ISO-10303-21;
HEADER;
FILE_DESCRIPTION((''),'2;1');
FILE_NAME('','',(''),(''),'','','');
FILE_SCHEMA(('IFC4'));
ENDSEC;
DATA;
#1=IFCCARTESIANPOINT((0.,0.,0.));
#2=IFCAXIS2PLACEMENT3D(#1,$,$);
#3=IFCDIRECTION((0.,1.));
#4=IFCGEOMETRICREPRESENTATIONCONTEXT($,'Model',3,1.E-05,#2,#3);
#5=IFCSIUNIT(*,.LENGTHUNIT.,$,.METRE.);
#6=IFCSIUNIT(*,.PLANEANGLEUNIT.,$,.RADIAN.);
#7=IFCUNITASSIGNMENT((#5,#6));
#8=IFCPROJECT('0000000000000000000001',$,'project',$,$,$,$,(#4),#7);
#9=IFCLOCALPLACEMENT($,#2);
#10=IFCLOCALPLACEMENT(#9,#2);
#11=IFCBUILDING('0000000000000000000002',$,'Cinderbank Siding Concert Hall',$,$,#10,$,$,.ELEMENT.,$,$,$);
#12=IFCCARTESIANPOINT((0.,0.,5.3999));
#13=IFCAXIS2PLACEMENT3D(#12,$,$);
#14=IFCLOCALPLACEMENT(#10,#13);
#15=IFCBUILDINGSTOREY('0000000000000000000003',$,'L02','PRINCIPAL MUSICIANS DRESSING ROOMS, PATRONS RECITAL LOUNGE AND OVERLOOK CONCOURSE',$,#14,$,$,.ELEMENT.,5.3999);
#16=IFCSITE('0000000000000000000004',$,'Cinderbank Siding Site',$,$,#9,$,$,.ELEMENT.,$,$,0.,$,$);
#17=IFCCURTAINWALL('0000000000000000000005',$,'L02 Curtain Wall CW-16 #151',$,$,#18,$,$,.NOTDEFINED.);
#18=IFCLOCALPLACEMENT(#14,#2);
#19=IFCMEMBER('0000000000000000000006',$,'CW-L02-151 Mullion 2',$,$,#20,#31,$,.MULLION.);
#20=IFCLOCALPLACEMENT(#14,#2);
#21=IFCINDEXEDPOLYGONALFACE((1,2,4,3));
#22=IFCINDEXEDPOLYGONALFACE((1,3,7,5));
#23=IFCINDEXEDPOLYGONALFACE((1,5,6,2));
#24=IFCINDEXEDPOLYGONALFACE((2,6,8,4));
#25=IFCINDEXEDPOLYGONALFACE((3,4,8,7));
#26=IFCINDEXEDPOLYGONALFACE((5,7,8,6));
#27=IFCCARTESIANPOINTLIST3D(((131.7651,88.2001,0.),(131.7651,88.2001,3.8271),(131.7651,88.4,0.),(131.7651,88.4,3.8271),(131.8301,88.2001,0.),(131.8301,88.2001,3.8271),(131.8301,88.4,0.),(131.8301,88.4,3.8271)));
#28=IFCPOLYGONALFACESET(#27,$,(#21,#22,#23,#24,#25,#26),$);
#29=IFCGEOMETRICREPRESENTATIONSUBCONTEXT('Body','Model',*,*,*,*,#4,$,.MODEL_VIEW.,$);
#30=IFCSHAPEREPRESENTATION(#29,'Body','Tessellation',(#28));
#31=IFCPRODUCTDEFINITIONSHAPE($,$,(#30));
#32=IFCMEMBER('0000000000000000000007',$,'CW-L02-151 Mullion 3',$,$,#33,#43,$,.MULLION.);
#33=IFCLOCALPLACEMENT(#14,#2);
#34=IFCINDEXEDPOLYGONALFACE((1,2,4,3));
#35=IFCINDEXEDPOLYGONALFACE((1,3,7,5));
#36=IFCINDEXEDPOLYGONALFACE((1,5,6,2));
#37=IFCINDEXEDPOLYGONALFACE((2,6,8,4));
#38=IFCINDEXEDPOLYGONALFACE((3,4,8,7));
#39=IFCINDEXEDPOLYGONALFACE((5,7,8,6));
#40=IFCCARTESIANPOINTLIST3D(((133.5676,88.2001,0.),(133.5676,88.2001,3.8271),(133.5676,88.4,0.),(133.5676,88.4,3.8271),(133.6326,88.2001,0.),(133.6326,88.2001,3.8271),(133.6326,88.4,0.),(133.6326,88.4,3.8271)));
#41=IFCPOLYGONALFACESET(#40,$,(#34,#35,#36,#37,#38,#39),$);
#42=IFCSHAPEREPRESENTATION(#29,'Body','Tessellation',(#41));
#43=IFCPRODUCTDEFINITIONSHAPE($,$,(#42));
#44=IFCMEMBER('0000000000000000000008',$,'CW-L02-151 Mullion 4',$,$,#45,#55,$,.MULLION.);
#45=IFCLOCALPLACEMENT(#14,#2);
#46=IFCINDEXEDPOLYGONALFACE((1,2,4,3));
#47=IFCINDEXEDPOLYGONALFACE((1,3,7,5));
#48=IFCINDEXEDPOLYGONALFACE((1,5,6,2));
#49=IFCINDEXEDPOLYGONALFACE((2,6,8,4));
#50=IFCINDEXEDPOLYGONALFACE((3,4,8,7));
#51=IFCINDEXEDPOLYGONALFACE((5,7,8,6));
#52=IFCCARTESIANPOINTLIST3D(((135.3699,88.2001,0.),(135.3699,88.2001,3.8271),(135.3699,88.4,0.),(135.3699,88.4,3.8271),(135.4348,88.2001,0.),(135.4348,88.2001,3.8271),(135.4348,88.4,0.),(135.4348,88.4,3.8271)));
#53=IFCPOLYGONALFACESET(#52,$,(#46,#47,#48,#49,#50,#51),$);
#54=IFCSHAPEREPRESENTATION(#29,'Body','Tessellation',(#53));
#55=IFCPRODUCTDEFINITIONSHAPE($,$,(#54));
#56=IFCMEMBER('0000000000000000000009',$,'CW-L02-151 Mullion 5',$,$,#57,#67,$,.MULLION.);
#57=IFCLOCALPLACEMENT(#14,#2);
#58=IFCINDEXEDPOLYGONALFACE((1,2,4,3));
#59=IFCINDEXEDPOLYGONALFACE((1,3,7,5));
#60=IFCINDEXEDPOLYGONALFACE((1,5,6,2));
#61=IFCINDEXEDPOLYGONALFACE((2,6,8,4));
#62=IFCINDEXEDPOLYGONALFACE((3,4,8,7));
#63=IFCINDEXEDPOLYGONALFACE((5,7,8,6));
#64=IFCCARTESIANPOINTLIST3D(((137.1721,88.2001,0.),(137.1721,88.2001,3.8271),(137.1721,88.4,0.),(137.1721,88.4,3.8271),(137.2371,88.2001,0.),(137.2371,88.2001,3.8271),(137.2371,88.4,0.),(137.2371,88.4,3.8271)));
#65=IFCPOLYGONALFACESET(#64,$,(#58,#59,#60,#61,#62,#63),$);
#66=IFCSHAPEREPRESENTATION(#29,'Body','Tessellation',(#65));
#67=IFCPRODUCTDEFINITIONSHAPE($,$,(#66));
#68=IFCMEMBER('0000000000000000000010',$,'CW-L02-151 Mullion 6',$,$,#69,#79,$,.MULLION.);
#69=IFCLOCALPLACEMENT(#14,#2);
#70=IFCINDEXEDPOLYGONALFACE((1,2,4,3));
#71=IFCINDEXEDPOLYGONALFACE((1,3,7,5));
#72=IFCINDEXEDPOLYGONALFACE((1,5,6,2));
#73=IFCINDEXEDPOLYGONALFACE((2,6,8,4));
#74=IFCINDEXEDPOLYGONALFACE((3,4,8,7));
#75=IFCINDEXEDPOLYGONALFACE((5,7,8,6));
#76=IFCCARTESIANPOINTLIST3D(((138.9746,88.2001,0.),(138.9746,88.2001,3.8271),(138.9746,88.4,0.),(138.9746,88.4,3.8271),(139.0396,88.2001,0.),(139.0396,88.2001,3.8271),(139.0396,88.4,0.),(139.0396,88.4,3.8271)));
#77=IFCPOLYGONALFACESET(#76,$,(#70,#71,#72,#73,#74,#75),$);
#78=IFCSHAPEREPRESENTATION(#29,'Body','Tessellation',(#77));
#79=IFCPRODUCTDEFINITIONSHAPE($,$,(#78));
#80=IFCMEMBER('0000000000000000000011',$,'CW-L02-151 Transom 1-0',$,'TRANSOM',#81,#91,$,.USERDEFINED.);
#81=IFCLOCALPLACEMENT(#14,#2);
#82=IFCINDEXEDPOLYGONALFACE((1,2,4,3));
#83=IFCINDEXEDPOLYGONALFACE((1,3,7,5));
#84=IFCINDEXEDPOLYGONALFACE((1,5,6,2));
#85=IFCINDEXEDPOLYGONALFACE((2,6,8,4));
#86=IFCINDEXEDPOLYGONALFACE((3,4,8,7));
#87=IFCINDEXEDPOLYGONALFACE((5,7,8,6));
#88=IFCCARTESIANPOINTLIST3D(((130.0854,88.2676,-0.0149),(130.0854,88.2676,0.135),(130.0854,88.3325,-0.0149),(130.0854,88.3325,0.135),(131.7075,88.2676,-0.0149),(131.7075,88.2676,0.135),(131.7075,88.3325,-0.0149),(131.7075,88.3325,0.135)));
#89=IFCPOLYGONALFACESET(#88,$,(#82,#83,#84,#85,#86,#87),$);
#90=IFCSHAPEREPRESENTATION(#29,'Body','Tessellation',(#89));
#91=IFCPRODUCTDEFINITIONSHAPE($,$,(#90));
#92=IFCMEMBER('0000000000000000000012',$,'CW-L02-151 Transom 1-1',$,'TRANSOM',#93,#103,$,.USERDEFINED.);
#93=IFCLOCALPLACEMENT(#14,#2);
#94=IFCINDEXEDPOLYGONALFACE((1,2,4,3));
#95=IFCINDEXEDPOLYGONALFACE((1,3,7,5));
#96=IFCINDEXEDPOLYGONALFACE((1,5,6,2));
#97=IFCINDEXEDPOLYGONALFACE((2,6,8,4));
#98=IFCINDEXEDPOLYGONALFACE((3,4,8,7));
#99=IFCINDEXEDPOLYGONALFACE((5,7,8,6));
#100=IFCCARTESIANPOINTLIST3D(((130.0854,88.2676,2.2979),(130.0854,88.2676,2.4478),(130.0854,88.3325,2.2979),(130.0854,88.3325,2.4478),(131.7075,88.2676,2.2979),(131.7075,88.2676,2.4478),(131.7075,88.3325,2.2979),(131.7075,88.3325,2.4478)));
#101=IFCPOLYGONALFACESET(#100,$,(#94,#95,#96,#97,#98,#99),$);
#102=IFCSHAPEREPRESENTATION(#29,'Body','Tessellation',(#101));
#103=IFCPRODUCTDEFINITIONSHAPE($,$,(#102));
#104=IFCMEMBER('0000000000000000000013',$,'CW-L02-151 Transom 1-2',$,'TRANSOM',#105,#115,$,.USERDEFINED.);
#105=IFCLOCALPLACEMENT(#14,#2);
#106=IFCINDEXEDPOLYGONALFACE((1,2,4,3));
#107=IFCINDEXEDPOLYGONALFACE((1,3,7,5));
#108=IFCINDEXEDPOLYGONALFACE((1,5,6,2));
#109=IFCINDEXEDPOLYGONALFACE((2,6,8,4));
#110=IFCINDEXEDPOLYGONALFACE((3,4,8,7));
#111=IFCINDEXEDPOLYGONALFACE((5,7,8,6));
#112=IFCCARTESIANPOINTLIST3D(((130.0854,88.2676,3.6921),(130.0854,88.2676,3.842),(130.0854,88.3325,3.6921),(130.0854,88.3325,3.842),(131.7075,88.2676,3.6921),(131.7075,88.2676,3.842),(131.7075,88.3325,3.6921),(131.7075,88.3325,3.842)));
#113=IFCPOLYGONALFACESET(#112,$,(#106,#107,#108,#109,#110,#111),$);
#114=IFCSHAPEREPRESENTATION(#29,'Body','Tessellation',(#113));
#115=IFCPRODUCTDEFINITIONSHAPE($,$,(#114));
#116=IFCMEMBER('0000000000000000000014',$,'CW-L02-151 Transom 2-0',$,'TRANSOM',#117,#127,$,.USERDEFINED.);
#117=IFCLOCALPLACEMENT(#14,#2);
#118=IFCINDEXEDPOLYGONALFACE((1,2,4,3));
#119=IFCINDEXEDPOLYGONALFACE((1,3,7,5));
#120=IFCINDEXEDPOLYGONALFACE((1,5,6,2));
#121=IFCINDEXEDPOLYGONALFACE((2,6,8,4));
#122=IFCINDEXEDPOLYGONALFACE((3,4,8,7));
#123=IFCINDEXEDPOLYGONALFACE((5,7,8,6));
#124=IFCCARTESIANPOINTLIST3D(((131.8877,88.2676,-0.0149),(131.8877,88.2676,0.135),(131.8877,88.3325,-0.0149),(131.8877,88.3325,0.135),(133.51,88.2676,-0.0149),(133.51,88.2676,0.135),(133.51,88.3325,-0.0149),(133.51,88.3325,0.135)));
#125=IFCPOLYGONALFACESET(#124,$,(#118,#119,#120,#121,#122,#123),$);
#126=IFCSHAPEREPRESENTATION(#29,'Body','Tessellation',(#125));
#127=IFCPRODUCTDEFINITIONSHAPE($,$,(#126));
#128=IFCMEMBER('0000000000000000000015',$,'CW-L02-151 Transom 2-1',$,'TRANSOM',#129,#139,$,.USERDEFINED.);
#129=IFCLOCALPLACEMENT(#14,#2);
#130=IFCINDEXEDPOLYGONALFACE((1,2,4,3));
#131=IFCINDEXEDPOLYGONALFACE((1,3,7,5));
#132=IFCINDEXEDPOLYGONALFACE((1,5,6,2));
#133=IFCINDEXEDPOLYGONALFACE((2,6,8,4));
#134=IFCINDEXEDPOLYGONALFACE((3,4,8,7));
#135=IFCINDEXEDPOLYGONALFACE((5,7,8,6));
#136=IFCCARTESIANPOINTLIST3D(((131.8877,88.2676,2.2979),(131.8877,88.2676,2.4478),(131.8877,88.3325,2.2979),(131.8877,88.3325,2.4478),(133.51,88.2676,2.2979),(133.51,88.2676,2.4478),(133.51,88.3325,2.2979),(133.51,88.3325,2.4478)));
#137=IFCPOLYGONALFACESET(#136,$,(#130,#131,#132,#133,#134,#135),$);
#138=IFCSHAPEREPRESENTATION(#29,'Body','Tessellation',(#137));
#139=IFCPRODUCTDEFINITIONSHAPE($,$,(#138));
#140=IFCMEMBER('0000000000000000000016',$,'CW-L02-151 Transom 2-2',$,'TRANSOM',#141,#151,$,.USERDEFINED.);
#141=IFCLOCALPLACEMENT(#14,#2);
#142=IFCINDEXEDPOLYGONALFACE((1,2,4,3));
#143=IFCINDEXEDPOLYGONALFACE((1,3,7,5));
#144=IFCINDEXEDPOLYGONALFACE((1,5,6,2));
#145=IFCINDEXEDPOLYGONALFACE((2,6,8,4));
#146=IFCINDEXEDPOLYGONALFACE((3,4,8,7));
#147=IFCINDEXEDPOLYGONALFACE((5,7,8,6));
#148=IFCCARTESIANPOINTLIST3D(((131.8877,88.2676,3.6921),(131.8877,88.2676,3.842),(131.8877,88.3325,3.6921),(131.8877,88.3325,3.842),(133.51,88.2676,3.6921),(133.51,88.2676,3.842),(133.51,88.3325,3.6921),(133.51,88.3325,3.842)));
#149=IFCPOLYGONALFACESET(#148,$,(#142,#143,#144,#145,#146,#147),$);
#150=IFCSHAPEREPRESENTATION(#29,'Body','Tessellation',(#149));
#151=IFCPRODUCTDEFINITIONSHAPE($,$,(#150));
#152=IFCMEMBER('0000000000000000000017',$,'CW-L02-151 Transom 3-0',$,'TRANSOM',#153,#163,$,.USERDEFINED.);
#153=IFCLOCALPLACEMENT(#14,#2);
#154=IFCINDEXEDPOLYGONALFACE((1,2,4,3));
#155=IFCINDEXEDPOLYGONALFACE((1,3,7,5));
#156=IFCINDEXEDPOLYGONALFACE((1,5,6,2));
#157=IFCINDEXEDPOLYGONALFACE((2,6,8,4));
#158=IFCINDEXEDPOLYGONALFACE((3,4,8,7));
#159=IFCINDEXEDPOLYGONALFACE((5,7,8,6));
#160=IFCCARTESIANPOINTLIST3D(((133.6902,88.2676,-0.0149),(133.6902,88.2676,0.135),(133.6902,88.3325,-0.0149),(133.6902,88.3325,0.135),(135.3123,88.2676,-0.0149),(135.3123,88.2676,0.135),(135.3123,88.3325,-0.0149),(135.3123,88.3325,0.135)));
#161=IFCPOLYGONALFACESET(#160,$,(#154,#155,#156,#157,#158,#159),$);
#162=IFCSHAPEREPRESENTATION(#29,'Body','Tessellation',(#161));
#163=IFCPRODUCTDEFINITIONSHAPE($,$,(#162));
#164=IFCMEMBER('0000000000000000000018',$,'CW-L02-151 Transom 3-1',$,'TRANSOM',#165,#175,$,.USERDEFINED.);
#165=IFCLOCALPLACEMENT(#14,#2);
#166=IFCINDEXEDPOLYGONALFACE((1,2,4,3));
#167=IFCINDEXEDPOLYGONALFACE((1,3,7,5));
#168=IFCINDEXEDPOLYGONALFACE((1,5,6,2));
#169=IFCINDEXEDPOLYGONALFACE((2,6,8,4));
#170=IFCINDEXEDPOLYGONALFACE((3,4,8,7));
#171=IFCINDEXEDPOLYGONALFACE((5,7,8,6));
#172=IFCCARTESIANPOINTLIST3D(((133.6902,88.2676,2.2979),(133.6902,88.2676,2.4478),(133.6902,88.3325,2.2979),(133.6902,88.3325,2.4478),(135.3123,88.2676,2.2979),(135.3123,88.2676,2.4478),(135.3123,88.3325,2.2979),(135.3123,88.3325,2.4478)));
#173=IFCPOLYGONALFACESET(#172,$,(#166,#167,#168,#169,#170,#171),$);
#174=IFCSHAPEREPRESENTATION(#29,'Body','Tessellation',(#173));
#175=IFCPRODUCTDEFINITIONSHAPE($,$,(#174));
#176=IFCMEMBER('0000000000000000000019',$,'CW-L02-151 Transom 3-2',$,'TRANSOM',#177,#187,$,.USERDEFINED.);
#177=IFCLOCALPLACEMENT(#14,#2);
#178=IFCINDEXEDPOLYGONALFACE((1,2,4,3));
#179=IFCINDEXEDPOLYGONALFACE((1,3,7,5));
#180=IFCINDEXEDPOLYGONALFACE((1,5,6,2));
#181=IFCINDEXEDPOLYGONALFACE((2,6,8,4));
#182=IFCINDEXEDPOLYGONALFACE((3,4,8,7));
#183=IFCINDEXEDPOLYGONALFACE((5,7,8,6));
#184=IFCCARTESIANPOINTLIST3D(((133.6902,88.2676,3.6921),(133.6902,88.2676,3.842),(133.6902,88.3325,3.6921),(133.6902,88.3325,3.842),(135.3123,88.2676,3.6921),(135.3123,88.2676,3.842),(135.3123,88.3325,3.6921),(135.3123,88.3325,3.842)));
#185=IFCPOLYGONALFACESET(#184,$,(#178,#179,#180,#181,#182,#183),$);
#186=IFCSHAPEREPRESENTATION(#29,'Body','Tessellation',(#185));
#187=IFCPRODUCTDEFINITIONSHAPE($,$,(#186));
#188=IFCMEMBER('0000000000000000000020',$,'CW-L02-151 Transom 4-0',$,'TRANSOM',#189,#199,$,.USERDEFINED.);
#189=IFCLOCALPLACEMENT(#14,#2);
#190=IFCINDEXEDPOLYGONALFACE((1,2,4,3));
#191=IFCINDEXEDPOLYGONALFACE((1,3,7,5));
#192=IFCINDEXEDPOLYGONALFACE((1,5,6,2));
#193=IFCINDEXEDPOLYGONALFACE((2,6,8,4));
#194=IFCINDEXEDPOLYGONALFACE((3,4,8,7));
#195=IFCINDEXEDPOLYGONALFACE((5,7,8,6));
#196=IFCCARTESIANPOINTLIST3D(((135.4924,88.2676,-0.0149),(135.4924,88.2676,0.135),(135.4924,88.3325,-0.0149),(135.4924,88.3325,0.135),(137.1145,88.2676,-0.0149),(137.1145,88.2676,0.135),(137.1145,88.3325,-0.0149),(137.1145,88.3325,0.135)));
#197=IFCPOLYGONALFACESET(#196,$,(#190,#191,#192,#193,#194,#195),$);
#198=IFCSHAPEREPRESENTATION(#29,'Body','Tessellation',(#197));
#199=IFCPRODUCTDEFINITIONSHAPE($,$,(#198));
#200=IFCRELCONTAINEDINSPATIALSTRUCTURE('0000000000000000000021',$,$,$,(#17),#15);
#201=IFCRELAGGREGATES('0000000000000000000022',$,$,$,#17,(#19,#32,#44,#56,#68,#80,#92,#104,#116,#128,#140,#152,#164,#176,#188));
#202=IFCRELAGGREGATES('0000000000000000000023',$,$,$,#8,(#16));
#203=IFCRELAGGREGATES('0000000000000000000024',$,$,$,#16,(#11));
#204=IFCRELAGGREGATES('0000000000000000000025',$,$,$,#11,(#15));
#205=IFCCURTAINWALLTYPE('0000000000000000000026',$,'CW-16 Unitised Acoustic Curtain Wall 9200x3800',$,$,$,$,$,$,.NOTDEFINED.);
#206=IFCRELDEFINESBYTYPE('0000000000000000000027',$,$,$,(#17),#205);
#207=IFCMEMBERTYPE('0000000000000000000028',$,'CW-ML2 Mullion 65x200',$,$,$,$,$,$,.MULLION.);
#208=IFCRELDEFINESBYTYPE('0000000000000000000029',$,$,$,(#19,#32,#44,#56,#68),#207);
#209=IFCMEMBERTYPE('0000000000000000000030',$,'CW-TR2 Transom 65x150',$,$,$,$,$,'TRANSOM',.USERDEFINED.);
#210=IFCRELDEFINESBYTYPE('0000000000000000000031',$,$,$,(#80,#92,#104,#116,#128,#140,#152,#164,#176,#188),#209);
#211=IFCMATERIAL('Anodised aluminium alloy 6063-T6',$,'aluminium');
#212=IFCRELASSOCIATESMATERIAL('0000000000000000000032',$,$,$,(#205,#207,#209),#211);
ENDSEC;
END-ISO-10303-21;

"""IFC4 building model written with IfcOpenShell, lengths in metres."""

from ifc_helpers import new_model, si_unit, direction, frame, origin, origin_2d, place, context, subcontext, project, spatial, rectangle, extrude, material, material_profile, profile_set, type_object, element, aggregate, save


model = new_model("IFC4")

# Units and contexts
model_context = context("Model", 3, precision=1e-05, world=origin(), true_north=direction((0.0, 1.0)))
body_context = subcontext(model_context, "Body", "Model", "MODEL_VIEW")
ifc_project = project(units=[si_unit("LENGTHUNIT", "METRE"), si_unit("PLANEANGLEUNIT", "RADIAN")], contexts=[model_context])

# Site, building, storey
site_placement = place(None, origin())
site = spatial("IfcSite", under=ifc_project, at=site_placement, Name="Cinderbank Siding Site", CompositionType="ELEMENT", RefElevation=0.0)
building_placement = place(site_placement, origin())
building = spatial("IfcBuilding", under=site, at=building_placement, Name="Cinderbank Siding Concert Hall", CompositionType="ELEMENT")
storey_placement = place(building_placement, frame((0.0, 0.0, 5.3999)))
storey = spatial("IfcBuildingStorey", under=building, at=storey_placement, Name="L02", Description="PRINCIPAL MUSICIANS DRESSING ROOMS, PATRONS RECITAL LOUNGE AND OVERLOOK CONCOURSE", CompositionType="ELEMENT", Elevation=5.3999)

# Curtain wall, members
ifc_material_1 = material(Name="Anodised aluminium alloy 6063-T6", Category="aluminium")
curtain_wall_type = type_object("IfcCurtainWallType", Name="CW-16 Unitised Acoustic Curtain Wall 9200x3800", PredefinedType="NOTDEFINED", material=ifc_material_1)
curtain_wall_placement = place(storey_placement, origin())
curtain_wall = element("IfcCurtainWall", 1, at=curtain_wall_placement, inside=storey, type_object=curtain_wall_type, Name="L02 Curtain Wall CW-16 #151", PredefinedType="NOTDEFINED")
ifc_material_profile_1 = material_profile(ifc_material_1, rectangle(XDim=0.0649, YDim=0.2, at=origin_2d()), Name="ALU-MULL-65x200", Category="LoadBearing")
ifc_profile_set_1 = profile_set([ifc_material_profile_1], Name="Anodised aluminium alloy 6063-T6")
member_type_1 = type_object("IfcMemberType", Name="CW-ML2 Mullion 65x200", PredefinedType="MULLION", material=ifc_profile_set_1)
member_1_placement = place(storey_placement, frame((131.7976, 88.3, 0.0), z_axis=(0.0, 0.0, 1.0), x_axis=(1.0, 0.0, 0.0)))
member_1 = element("IfcMember", 2, at=member_1_placement, type_object=member_type_1, Name="CW-L02-151 Mullion 2", PredefinedType="MULLION", context=body_context, shape_type="SweptSolid", body=[
    extrude(rectangle(XDim=0.0649, YDim=0.2, at=origin_2d()), origin(), (0.0, 0.0, 1.0), 3.8271),
])
member_2_placement = place(storey_placement, frame((133.6001, 88.3, 0.0), z_axis=(0.0, 0.0, 1.0), x_axis=(1.0, 0.0, 0.0)))
member_2 = element("IfcMember", 3, at=member_2_placement, type_object=member_type_1, Name="CW-L02-151 Mullion 3", PredefinedType="MULLION", context=body_context, shape_type="SweptSolid", body=[
    extrude(rectangle(XDim=0.0649, YDim=0.2, at=origin_2d()), origin(), (0.0, 0.0, 1.0), 3.8271),
])
member_3_placement = place(storey_placement, frame((135.4023, 88.3, 0.0), z_axis=(0.0, 0.0, 1.0), x_axis=(1.0, 0.0, 0.0)))
member_3 = element("IfcMember", 4, at=member_3_placement, type_object=member_type_1, Name="CW-L02-151 Mullion 4", PredefinedType="MULLION", context=body_context, shape_type="SweptSolid", body=[
    extrude(rectangle(XDim=0.0649, YDim=0.2, at=origin_2d()), origin(), (0.0, 0.0, 1.0), 3.8271),
])
member_4_placement = place(storey_placement, frame((137.2046, 88.3, 0.0), z_axis=(0.0, 0.0, 1.0), x_axis=(1.0, 0.0, 0.0)))
member_4 = element("IfcMember", 5, at=member_4_placement, type_object=member_type_1, Name="CW-L02-151 Mullion 5", PredefinedType="MULLION", context=body_context, shape_type="SweptSolid", body=[
    extrude(rectangle(XDim=0.0649, YDim=0.2, at=origin_2d()), origin(), (0.0, 0.0, 1.0), 3.8271),
])
member_5_placement = place(storey_placement, frame((139.0071, 88.3, 0.0), z_axis=(0.0, 0.0, 1.0), x_axis=(1.0, 0.0, 0.0)))
member_5 = element("IfcMember", 6, at=member_5_placement, type_object=member_type_1, Name="CW-L02-151 Mullion 6", PredefinedType="MULLION", context=body_context, shape_type="SweptSolid", body=[
    extrude(rectangle(XDim=0.0649, YDim=0.2, at=origin_2d()), origin(), (0.0, 0.0, 1.0), 3.8271),
])
ifc_material_profile_2 = material_profile(ifc_material_1, rectangle(XDim=0.0649, YDim=0.1499, at=origin_2d()), Name="ALU-TRAN-65x150", Category="LoadBearing")
ifc_profile_set_2 = profile_set([ifc_material_profile_2], Name="Anodised aluminium alloy 6063-T6")
member_type_2 = type_object("IfcMemberType", Name="CW-TR2 Transom 65x150", ElementType="TRANSOM", PredefinedType="USERDEFINED", material=ifc_profile_set_2)
member_6_placement = place(storey_placement, frame((130.0854, 88.3, 0.0601), z_axis=(1.0, 0.0, 0.0), x_axis=(0.0, 1.0, 0.0)))
member_6 = element("IfcMember", 7, at=member_6_placement, type_object=member_type_2, Name="CW-L02-151 Transom 1-0", ObjectType="TRANSOM", PredefinedType="USERDEFINED", context=body_context, shape_type="SweptSolid", body=[
    extrude(rectangle(XDim=0.0649, YDim=0.1499, at=origin_2d()), origin(), (0.0, 0.0, 1.0), 1.6221),
])
member_7_placement = place(storey_placement, frame((130.0854, 88.3, 2.3728), z_axis=(1.0, 0.0, 0.0), x_axis=(0.0, 1.0, 0.0)))
member_7 = element("IfcMember", 8, at=member_7_placement, type_object=member_type_2, Name="CW-L02-151 Transom 1-1", ObjectType="TRANSOM", PredefinedType="USERDEFINED", context=body_context, shape_type="SweptSolid", body=[
    extrude(rectangle(XDim=0.0649, YDim=0.1499, at=origin_2d()), origin(), (0.0, 0.0, 1.0), 1.6221),
])
member_8_placement = place(storey_placement, frame((130.0854, 88.3, 3.7671), z_axis=(1.0, 0.0, 0.0), x_axis=(0.0, 1.0, 0.0)))
member_8 = element("IfcMember", 9, at=member_8_placement, type_object=member_type_2, Name="CW-L02-151 Transom 1-2", ObjectType="TRANSOM", PredefinedType="USERDEFINED", context=body_context, shape_type="SweptSolid", body=[
    extrude(rectangle(XDim=0.0649, YDim=0.1499, at=origin_2d()), origin(), (0.0, 0.0, 1.0), 1.6221),
])
member_9_placement = place(storey_placement, frame((131.8877, 88.3, 0.0601), z_axis=(1.0, 0.0, 0.0), x_axis=(0.0, 1.0, 0.0)))
member_9 = element("IfcMember", 10, at=member_9_placement, type_object=member_type_2, Name="CW-L02-151 Transom 2-0", ObjectType="TRANSOM", PredefinedType="USERDEFINED", context=body_context, shape_type="SweptSolid", body=[
    extrude(rectangle(XDim=0.0649, YDim=0.1499, at=origin_2d()), origin(), (0.0, 0.0, 1.0), 1.6223),
])
member_10_placement = place(storey_placement, frame((131.8877, 88.3, 2.3728), z_axis=(1.0, 0.0, 0.0), x_axis=(0.0, 1.0, 0.0)))
member_10 = element("IfcMember", 11, at=member_10_placement, type_object=member_type_2, Name="CW-L02-151 Transom 2-1", ObjectType="TRANSOM", PredefinedType="USERDEFINED", context=body_context, shape_type="SweptSolid", body=[
    extrude(rectangle(XDim=0.0649, YDim=0.1499, at=origin_2d()), origin(), (0.0, 0.0, 1.0), 1.6223),
])
member_11_placement = place(storey_placement, frame((131.8877, 88.3, 3.7671), z_axis=(1.0, 0.0, 0.0), x_axis=(0.0, 1.0, 0.0)))
member_11 = element("IfcMember", 12, at=member_11_placement, type_object=member_type_2, Name="CW-L02-151 Transom 2-2", ObjectType="TRANSOM", PredefinedType="USERDEFINED", context=body_context, shape_type="SweptSolid", body=[
    extrude(rectangle(XDim=0.0649, YDim=0.1499, at=origin_2d()), origin(), (0.0, 0.0, 1.0), 1.6223),
])
member_12_placement = place(storey_placement, frame((133.6902, 88.3, 0.0601), z_axis=(1.0, 0.0, 0.0), x_axis=(0.0, 1.0, 0.0)))
member_12 = element("IfcMember", 13, at=member_12_placement, type_object=member_type_2, Name="CW-L02-151 Transom 3-0", ObjectType="TRANSOM", PredefinedType="USERDEFINED", context=body_context, shape_type="SweptSolid", body=[
    extrude(rectangle(XDim=0.0649, YDim=0.1499, at=origin_2d()), origin(), (0.0, 0.0, 1.0), 1.6221),
])
member_13_placement = place(storey_placement, frame((133.6902, 88.3, 2.3728), z_axis=(1.0, 0.0, 0.0), x_axis=(0.0, 1.0, 0.0)))
member_13 = element("IfcMember", 14, at=member_13_placement, type_object=member_type_2, Name="CW-L02-151 Transom 3-1", ObjectType="TRANSOM", PredefinedType="USERDEFINED", context=body_context, shape_type="SweptSolid", body=[
    extrude(rectangle(XDim=0.0649, YDim=0.1499, at=origin_2d()), origin(), (0.0, 0.0, 1.0), 1.6221),
])
member_14_placement = place(storey_placement, frame((133.6902, 88.3, 3.7671), z_axis=(1.0, 0.0, 0.0), x_axis=(0.0, 1.0, 0.0)))
member_14 = element("IfcMember", 15, at=member_14_placement, type_object=member_type_2, Name="CW-L02-151 Transom 3-2", ObjectType="TRANSOM", PredefinedType="USERDEFINED", context=body_context, shape_type="SweptSolid", body=[
    extrude(rectangle(XDim=0.0649, YDim=0.1499, at=origin_2d()), origin(), (0.0, 0.0, 1.0), 1.6221),
])
member_15_placement = place(storey_placement, frame((135.4924, 88.3, 0.0601), z_axis=(1.0, 0.0, 0.0), x_axis=(0.0, 1.0, 0.0)))
member_15 = element("IfcMember", 16, at=member_15_placement, type_object=member_type_2, Name="CW-L02-151 Transom 4-0", ObjectType="TRANSOM", PredefinedType="USERDEFINED", context=body_context, shape_type="SweptSolid", body=[
    extrude(rectangle(XDim=0.0649, YDim=0.1499, at=origin_2d()), origin(), (0.0, 0.0, 1.0), 1.6221),
])
aggregate(curtain_wall, [member_1, member_2, member_3, member_4, member_5, member_6, member_7, member_8, member_9, member_10, member_11, member_12, member_13, member_14, member_15])

save(model, "model.ifc")
